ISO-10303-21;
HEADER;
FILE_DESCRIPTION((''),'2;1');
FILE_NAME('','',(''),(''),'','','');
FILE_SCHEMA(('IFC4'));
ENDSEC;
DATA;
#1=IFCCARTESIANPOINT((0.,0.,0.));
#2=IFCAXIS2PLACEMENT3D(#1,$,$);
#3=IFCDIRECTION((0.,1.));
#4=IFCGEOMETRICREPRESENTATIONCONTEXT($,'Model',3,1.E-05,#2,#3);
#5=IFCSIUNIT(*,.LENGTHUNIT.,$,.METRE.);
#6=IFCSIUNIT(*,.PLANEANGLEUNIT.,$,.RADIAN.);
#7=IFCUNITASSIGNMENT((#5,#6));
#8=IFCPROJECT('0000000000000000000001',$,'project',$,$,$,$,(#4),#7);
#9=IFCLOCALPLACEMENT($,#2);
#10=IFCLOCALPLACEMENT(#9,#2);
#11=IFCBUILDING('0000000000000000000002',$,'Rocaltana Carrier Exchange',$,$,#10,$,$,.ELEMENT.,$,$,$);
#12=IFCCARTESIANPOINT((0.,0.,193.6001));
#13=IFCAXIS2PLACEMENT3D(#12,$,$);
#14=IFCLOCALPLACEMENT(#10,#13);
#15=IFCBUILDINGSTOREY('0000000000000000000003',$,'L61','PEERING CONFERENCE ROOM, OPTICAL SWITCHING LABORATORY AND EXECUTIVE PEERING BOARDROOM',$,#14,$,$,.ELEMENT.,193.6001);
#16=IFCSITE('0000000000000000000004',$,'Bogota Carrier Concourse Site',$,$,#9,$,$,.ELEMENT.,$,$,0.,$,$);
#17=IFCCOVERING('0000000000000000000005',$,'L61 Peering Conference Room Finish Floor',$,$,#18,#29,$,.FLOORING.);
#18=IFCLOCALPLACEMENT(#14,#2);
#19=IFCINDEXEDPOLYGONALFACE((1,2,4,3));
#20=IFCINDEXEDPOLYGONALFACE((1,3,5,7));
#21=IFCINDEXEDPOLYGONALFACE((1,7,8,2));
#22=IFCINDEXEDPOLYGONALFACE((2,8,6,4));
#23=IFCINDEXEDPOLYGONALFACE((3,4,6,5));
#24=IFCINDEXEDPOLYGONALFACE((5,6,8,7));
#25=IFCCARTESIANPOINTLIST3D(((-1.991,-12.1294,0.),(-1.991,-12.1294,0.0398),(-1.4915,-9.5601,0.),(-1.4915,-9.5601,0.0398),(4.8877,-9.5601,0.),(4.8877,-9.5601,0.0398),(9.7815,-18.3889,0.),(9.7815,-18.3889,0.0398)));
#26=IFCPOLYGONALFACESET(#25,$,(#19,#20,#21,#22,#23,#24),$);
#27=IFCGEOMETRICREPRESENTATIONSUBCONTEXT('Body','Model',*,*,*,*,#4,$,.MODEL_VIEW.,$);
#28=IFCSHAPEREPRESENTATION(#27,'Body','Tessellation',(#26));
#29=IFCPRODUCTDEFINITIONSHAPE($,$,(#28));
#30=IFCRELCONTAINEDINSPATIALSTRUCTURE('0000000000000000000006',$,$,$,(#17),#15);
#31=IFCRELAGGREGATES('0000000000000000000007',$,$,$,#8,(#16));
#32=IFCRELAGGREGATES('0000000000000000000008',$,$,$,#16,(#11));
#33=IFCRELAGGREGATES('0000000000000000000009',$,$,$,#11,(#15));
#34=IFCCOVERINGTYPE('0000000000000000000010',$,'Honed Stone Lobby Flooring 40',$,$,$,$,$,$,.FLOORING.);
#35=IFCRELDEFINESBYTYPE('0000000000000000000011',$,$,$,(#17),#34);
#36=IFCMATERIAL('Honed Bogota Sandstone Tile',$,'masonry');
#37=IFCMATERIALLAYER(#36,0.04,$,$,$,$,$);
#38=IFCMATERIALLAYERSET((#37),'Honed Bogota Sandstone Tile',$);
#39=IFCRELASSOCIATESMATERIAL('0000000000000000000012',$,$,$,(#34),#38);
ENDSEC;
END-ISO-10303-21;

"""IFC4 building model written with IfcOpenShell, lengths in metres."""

from ifc_helpers import new_model, si_unit, direction, frame, origin, place, context, subcontext, project, spatial, polyline, outline, extrude, material, layer, layer_set, type_object, element, save


model = new_model("IFC4")

# Units and contexts
model_context = context("Model", 3, precision=1e-05, world=origin(), true_north=direction((0.0, 1.0)))
body_context = subcontext(model_context, "Body", "Model", "MODEL_VIEW")
ifc_project = project(units=[si_unit("LENGTHUNIT", "METRE"), si_unit("PLANEANGLEUNIT", "RADIAN")], contexts=[model_context])

# Site, building, storey
site_placement = place(None, origin())
site = spatial("IfcSite", under=ifc_project, at=site_placement, Name="Bogota Carrier Concourse Site", CompositionType="ELEMENT", RefElevation=0.0)
building_placement = place(site_placement, origin())
building = spatial("IfcBuilding", under=site, at=building_placement, Name="Rocaltana Carrier Exchange", CompositionType="ELEMENT")
storey_placement = place(building_placement, frame((0.0, 0.0, 193.6001)))
storey = spatial("IfcBuildingStorey", under=building, at=storey_placement, Name="L61", Description="PEERING CONFERENCE ROOM, OPTICAL SWITCHING LABORATORY AND EXECUTIVE PEERING BOARDROOM", CompositionType="ELEMENT", Elevation=193.6001)

# Covering
ifc_material_1 = material(Name="Honed Bogota Sandstone Tile", Category="masonry")
ifc_layer_1 = layer(ifc_material_1, 0.04)
ifc_layer_set_1 = layer_set([ifc_layer_1], Name="Honed Bogota Sandstone Tile")
covering_type_1 = type_object("IfcCoveringType", Name="Honed Stone Lobby Flooring 40", PredefinedType="FLOORING", material=ifc_layer_set_1)
covering_1_placement = place(storey_placement, origin())
element("IfcCovering", 1, at=covering_1_placement, inside=storey, type_object=covering_type_1, Name="L61 Peering Conference Room Finish Floor", PredefinedType="FLOORING", context=body_context, shape_type="SweptSolid", body=[
    extrude(outline(polyline([(-1.991, -12.1294), (-1.4915, -9.5601), (4.8877, -9.5601), (9.7815, -18.3889), (-1.991, -12.1294)])), origin(), (0.0, 0.0, 1.0), 0.0398),
])

save(model, "model.ifc")
